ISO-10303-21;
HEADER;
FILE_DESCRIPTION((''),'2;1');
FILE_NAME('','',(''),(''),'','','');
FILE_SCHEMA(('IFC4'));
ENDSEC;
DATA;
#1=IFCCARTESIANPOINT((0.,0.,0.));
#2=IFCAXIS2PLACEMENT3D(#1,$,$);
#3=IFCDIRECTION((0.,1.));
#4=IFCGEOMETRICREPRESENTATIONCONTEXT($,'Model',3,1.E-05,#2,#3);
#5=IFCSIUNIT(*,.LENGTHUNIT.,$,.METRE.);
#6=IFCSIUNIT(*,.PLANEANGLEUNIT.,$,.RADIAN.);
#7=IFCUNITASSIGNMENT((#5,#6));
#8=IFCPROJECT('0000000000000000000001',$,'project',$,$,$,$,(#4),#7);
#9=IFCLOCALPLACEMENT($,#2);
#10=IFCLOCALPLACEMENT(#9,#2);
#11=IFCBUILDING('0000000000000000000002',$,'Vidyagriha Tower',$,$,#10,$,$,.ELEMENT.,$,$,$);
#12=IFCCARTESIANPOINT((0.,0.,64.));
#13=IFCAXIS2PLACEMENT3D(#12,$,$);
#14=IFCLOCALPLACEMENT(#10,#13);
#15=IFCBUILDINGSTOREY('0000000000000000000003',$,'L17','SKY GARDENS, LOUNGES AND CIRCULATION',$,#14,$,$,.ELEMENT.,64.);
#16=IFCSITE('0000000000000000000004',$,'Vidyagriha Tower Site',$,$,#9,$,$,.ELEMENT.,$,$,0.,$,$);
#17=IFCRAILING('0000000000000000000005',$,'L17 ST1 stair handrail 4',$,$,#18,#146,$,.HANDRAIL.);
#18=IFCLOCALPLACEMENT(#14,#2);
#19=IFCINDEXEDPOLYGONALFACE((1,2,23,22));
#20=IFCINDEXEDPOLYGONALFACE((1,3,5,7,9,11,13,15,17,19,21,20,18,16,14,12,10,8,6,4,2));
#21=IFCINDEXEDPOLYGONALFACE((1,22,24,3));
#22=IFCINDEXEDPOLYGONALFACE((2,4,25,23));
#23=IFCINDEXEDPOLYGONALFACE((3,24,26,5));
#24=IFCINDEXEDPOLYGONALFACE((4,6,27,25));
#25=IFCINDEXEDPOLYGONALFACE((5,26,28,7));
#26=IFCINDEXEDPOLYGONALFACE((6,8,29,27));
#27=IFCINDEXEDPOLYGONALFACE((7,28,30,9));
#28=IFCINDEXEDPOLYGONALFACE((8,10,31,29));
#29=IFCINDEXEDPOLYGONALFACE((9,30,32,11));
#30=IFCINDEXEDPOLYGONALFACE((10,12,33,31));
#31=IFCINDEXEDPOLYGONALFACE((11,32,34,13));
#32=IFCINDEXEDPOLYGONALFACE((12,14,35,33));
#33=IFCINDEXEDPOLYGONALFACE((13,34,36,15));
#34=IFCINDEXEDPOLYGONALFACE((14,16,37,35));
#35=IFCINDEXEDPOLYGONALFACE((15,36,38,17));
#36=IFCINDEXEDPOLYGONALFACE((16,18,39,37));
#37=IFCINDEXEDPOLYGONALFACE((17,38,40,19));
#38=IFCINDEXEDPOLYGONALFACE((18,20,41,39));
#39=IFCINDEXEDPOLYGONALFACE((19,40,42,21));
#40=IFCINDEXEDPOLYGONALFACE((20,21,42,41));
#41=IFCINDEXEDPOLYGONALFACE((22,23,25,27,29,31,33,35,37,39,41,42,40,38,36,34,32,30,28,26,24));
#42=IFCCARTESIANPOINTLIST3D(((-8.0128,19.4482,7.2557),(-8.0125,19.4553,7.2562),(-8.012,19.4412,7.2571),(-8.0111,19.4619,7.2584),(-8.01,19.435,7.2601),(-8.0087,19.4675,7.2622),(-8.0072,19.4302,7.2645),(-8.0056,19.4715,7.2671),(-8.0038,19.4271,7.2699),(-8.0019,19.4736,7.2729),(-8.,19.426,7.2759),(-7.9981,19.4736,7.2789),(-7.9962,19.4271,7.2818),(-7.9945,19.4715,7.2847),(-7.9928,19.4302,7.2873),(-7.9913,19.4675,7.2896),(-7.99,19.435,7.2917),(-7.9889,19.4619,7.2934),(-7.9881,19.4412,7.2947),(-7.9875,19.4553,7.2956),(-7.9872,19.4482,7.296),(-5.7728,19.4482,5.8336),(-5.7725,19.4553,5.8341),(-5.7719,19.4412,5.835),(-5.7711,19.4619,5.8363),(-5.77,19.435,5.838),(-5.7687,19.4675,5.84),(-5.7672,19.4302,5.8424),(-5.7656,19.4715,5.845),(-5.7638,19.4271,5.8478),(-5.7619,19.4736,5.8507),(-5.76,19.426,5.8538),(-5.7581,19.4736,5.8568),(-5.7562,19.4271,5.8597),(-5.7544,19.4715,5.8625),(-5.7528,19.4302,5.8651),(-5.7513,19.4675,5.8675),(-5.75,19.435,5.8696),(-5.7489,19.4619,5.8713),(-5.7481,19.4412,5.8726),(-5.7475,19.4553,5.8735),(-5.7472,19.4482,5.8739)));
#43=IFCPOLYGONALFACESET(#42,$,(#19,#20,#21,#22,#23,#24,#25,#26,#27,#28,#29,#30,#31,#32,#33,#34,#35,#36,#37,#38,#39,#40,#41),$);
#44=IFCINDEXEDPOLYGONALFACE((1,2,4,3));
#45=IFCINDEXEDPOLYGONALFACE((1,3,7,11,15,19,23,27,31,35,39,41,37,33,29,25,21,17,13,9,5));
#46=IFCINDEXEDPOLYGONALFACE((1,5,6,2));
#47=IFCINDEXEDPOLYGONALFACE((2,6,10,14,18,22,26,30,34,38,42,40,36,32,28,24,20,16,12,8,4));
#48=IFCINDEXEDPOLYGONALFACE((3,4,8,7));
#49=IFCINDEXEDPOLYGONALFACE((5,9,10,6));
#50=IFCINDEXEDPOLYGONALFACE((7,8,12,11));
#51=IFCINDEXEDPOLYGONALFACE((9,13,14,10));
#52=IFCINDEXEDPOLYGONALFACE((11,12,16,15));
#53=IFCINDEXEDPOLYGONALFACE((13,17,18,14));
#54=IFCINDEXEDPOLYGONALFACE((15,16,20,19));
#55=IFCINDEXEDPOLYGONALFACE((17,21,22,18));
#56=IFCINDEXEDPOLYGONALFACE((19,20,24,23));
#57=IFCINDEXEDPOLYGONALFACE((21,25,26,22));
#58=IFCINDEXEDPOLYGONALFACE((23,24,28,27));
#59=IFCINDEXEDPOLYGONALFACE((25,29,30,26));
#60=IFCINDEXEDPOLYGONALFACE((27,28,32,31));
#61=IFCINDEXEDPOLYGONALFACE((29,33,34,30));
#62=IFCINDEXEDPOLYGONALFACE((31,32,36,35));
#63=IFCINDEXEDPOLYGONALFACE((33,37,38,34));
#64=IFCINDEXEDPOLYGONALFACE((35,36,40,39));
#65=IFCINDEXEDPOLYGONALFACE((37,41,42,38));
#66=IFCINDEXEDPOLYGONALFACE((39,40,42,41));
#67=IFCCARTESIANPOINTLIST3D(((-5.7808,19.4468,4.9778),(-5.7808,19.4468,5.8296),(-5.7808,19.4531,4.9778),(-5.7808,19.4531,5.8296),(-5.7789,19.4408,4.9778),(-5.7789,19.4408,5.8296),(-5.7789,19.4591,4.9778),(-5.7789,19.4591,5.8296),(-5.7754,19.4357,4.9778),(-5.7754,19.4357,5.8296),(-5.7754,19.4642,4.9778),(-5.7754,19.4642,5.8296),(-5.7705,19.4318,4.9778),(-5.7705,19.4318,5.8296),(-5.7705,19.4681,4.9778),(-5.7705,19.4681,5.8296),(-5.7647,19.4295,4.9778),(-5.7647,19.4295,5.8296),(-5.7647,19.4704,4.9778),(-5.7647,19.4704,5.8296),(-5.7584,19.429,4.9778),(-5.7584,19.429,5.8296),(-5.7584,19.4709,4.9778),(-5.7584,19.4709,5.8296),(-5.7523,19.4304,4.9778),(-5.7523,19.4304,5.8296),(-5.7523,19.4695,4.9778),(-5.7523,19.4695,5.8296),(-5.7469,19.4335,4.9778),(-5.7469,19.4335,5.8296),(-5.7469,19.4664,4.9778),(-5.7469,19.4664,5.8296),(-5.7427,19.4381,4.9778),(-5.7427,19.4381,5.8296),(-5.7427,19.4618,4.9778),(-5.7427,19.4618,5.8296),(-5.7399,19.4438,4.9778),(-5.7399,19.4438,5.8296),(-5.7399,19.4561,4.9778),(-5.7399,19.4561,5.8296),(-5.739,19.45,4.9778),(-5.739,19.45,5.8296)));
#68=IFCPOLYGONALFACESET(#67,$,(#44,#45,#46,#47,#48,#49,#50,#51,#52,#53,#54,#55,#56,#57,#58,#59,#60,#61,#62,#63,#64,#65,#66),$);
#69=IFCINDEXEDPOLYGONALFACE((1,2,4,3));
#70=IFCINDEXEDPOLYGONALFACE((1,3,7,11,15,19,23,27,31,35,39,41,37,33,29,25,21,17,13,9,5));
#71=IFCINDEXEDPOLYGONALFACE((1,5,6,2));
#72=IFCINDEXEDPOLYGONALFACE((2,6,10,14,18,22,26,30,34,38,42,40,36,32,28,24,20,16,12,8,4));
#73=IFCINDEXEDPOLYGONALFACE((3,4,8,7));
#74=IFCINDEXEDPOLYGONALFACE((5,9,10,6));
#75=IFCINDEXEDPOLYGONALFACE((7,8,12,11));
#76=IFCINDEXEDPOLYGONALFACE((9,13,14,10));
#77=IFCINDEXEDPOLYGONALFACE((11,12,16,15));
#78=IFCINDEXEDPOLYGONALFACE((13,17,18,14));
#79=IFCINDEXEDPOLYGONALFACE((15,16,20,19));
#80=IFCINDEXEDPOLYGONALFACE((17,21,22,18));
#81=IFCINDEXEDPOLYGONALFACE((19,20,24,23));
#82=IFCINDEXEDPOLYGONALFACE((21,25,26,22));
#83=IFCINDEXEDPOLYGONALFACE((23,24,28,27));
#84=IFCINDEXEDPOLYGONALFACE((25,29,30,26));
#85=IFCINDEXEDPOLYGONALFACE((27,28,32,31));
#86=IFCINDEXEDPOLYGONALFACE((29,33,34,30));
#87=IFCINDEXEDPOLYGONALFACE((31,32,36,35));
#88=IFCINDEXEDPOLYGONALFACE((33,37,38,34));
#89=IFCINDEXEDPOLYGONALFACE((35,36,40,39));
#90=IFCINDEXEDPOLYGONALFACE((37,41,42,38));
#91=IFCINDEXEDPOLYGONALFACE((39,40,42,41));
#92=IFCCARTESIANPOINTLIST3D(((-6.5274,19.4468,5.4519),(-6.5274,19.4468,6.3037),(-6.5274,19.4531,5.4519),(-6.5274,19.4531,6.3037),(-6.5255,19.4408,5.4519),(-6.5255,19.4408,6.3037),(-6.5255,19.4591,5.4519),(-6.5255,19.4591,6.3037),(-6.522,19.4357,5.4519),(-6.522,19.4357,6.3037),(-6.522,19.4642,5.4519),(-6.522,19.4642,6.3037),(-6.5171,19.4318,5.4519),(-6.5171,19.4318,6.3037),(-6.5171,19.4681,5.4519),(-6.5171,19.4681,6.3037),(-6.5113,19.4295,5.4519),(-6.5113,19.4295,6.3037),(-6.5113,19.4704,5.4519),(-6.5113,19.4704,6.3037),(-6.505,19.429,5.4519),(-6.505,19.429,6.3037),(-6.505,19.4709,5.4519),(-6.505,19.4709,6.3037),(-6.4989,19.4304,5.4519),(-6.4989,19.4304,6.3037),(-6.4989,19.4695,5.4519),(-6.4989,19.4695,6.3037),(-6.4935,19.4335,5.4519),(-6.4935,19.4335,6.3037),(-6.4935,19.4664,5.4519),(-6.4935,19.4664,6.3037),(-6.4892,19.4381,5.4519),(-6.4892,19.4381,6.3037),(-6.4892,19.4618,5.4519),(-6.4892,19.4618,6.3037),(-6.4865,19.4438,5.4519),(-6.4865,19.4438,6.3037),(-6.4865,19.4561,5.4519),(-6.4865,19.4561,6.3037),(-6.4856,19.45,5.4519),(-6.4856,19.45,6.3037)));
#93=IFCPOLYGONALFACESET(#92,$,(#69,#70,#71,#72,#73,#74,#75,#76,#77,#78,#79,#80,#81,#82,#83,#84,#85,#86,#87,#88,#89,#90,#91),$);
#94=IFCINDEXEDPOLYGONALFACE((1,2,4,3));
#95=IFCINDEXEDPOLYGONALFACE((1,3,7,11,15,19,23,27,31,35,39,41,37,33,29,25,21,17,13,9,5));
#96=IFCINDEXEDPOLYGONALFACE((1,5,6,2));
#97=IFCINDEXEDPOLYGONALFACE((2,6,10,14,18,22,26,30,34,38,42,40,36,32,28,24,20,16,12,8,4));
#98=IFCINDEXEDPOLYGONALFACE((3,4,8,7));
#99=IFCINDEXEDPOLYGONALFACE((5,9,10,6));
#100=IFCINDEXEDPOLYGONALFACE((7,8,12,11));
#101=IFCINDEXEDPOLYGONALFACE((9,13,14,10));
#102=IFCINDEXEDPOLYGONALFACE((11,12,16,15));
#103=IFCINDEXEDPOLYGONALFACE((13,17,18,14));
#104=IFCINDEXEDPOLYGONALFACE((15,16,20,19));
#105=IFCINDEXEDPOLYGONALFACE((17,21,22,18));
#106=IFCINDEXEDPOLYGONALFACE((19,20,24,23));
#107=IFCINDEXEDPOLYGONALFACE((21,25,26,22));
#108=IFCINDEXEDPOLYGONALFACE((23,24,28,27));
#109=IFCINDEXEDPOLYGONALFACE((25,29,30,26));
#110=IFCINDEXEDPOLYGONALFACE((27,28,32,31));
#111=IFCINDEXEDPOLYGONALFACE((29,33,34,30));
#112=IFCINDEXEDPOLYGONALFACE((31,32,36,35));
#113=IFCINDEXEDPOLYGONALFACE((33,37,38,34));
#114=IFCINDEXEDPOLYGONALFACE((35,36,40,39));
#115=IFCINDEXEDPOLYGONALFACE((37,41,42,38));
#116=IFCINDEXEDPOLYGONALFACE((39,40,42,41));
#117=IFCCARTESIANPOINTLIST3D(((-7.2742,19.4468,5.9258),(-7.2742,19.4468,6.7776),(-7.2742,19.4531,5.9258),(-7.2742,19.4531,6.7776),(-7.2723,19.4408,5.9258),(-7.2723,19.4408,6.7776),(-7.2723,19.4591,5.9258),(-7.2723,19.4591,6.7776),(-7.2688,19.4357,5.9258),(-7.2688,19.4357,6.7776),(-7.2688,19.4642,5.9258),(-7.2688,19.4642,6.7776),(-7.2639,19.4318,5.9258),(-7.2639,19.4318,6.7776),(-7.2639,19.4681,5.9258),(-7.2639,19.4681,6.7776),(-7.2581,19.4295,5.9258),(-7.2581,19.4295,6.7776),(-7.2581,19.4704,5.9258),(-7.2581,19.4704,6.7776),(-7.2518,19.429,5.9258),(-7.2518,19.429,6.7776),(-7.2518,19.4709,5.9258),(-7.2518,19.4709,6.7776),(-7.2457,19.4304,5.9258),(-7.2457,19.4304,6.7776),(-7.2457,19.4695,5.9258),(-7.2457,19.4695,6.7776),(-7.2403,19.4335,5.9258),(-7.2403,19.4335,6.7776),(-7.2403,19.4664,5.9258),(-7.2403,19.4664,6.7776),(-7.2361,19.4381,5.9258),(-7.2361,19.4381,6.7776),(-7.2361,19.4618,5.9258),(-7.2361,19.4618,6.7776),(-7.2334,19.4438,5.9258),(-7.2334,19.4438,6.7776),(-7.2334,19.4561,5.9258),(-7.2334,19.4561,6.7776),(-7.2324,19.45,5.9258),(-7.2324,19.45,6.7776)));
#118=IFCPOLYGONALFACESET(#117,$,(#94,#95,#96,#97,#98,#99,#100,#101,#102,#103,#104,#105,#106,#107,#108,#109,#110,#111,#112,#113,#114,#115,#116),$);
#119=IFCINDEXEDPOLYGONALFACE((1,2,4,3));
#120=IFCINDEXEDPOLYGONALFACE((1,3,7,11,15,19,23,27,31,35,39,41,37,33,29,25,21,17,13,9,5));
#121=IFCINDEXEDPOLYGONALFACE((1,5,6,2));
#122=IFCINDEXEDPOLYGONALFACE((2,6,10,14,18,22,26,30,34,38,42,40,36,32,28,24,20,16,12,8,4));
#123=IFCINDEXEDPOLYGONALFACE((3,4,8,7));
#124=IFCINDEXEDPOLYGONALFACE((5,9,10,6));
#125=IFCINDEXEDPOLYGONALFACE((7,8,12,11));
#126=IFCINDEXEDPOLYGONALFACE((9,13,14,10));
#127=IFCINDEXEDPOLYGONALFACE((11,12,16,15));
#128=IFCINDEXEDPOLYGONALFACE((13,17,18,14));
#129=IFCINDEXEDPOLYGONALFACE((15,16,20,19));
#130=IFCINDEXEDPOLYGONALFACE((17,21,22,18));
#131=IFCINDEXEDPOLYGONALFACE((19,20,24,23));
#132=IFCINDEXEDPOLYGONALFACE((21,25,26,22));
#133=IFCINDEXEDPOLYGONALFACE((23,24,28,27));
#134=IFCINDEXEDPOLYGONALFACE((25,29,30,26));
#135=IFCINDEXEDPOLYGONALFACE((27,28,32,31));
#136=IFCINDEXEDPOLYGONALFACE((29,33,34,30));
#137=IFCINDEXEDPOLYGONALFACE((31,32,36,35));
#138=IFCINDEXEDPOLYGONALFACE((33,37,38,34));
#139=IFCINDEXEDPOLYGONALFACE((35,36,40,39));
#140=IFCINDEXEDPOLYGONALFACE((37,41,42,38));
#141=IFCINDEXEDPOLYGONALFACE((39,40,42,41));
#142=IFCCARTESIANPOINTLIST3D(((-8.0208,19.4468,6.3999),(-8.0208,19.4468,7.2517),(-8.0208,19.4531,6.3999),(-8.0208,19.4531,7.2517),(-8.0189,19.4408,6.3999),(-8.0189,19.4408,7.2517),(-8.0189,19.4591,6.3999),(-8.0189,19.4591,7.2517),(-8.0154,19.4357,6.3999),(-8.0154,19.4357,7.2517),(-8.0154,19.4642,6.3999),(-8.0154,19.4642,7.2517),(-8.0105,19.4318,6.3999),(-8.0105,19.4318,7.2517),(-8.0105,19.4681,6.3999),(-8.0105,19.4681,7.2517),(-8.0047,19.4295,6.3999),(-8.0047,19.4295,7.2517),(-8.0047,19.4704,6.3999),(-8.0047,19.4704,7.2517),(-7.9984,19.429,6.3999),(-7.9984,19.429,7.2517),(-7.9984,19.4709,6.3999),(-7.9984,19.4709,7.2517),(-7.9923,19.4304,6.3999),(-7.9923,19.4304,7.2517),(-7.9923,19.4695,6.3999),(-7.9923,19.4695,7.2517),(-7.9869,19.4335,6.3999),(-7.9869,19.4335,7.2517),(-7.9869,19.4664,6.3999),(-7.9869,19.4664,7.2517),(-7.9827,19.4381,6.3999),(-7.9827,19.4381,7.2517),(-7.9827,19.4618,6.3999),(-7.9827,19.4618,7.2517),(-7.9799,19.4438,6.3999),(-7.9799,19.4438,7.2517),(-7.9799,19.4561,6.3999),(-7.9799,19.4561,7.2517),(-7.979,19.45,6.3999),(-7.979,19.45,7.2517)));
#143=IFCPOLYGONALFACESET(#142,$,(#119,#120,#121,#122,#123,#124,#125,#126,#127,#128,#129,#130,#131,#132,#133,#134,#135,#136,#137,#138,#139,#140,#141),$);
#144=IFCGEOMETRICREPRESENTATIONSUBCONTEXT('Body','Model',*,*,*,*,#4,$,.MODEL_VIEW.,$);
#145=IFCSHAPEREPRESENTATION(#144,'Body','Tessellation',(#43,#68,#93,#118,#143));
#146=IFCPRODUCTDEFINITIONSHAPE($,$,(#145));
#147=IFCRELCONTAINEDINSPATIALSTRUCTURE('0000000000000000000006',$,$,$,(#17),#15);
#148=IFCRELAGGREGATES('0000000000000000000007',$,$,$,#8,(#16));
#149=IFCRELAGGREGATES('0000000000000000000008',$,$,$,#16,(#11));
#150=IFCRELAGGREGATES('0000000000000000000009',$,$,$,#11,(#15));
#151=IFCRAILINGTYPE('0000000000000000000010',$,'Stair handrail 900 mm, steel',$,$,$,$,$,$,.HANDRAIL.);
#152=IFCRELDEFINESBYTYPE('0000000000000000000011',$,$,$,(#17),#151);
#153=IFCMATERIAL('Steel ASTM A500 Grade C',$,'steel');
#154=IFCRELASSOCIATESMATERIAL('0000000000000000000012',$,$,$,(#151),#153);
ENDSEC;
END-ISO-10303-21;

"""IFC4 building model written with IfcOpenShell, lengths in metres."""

from ifc_helpers import new_model, si_unit, direction, frame, origin, origin_2d, place, context, subcontext, project, spatial, circle, extrude, material, type_object, element, save


model = new_model("IFC4")

# Units and contexts
model_context = context("Model", 3, precision=1e-05, world=origin(), true_north=direction((0.0, 1.0)))
body_context = subcontext(model_context, "Body", "Model", "MODEL_VIEW")
ifc_project = project(units=[si_unit("LENGTHUNIT", "METRE"), si_unit("PLANEANGLEUNIT", "RADIAN")], contexts=[model_context])

# Site, building, storey
site_placement = place(None, origin())
site = spatial("IfcSite", under=ifc_project, at=site_placement, Name="Vidyagriha Tower Site", CompositionType="ELEMENT", RefElevation=0.0)
building_placement = place(site_placement, origin())
building = spatial("IfcBuilding", under=site, at=building_placement, Name="Vidyagriha Tower", CompositionType="ELEMENT")
storey_placement = place(building_placement, frame((0.0, 0.0, 64.0)))
storey = spatial("IfcBuildingStorey", under=building, at=storey_placement, Name="L17", Description="SKY GARDENS, LOUNGES AND CIRCULATION", CompositionType="ELEMENT", Elevation=64.0)

# Railing
ifc_material_1 = material(Name="Steel ASTM A500 Grade C", Category="steel")
railing_type_1 = type_object("IfcRailingType", Name="Stair handrail 900 mm, steel", PredefinedType="HANDRAIL", material=ifc_material_1)
for number, where, name in (
    (1, (-5.76, 19.45, 4.9778), "L17 ST1 stair handrail 4"),
):
    element("IfcRailing", number, at=place(storey_placement, frame(where)), inside=storey, type_object=railing_type_1, Name=name, PredefinedType="HANDRAIL", context=body_context, shape_type="SweptSolid", body=[
        extrude(circle(Radius=0.0239, at=origin_2d()), frame((0.0, 0.0, 0.876), z_axis=(-0.844229, 0.0, 0.535982), x_axis=(0.0, -1.0, 0.0)), (0.0, 0.0, 1.0), 2.6533),
        extrude(circle(Radius=0.021, at=origin_2d()), origin(), (0.0, 0.0, 1.0), 0.8518),
        extrude(circle(Radius=0.021, at=origin_2d()), frame((-0.7466, 0.0, 0.4741)), (0.0, 0.0, 1.0), 0.8518),
        extrude(circle(Radius=0.021, at=origin_2d()), frame((-1.4934, 0.0, 0.948)), (0.0, 0.0, 1.0), 0.8518),
        extrude(circle(Radius=0.021, at=origin_2d()), frame((-2.24, 0.0, 1.4221)), (0.0, 0.0, 1.0), 0.8518),
    ])

save(model, "model.ifc")
